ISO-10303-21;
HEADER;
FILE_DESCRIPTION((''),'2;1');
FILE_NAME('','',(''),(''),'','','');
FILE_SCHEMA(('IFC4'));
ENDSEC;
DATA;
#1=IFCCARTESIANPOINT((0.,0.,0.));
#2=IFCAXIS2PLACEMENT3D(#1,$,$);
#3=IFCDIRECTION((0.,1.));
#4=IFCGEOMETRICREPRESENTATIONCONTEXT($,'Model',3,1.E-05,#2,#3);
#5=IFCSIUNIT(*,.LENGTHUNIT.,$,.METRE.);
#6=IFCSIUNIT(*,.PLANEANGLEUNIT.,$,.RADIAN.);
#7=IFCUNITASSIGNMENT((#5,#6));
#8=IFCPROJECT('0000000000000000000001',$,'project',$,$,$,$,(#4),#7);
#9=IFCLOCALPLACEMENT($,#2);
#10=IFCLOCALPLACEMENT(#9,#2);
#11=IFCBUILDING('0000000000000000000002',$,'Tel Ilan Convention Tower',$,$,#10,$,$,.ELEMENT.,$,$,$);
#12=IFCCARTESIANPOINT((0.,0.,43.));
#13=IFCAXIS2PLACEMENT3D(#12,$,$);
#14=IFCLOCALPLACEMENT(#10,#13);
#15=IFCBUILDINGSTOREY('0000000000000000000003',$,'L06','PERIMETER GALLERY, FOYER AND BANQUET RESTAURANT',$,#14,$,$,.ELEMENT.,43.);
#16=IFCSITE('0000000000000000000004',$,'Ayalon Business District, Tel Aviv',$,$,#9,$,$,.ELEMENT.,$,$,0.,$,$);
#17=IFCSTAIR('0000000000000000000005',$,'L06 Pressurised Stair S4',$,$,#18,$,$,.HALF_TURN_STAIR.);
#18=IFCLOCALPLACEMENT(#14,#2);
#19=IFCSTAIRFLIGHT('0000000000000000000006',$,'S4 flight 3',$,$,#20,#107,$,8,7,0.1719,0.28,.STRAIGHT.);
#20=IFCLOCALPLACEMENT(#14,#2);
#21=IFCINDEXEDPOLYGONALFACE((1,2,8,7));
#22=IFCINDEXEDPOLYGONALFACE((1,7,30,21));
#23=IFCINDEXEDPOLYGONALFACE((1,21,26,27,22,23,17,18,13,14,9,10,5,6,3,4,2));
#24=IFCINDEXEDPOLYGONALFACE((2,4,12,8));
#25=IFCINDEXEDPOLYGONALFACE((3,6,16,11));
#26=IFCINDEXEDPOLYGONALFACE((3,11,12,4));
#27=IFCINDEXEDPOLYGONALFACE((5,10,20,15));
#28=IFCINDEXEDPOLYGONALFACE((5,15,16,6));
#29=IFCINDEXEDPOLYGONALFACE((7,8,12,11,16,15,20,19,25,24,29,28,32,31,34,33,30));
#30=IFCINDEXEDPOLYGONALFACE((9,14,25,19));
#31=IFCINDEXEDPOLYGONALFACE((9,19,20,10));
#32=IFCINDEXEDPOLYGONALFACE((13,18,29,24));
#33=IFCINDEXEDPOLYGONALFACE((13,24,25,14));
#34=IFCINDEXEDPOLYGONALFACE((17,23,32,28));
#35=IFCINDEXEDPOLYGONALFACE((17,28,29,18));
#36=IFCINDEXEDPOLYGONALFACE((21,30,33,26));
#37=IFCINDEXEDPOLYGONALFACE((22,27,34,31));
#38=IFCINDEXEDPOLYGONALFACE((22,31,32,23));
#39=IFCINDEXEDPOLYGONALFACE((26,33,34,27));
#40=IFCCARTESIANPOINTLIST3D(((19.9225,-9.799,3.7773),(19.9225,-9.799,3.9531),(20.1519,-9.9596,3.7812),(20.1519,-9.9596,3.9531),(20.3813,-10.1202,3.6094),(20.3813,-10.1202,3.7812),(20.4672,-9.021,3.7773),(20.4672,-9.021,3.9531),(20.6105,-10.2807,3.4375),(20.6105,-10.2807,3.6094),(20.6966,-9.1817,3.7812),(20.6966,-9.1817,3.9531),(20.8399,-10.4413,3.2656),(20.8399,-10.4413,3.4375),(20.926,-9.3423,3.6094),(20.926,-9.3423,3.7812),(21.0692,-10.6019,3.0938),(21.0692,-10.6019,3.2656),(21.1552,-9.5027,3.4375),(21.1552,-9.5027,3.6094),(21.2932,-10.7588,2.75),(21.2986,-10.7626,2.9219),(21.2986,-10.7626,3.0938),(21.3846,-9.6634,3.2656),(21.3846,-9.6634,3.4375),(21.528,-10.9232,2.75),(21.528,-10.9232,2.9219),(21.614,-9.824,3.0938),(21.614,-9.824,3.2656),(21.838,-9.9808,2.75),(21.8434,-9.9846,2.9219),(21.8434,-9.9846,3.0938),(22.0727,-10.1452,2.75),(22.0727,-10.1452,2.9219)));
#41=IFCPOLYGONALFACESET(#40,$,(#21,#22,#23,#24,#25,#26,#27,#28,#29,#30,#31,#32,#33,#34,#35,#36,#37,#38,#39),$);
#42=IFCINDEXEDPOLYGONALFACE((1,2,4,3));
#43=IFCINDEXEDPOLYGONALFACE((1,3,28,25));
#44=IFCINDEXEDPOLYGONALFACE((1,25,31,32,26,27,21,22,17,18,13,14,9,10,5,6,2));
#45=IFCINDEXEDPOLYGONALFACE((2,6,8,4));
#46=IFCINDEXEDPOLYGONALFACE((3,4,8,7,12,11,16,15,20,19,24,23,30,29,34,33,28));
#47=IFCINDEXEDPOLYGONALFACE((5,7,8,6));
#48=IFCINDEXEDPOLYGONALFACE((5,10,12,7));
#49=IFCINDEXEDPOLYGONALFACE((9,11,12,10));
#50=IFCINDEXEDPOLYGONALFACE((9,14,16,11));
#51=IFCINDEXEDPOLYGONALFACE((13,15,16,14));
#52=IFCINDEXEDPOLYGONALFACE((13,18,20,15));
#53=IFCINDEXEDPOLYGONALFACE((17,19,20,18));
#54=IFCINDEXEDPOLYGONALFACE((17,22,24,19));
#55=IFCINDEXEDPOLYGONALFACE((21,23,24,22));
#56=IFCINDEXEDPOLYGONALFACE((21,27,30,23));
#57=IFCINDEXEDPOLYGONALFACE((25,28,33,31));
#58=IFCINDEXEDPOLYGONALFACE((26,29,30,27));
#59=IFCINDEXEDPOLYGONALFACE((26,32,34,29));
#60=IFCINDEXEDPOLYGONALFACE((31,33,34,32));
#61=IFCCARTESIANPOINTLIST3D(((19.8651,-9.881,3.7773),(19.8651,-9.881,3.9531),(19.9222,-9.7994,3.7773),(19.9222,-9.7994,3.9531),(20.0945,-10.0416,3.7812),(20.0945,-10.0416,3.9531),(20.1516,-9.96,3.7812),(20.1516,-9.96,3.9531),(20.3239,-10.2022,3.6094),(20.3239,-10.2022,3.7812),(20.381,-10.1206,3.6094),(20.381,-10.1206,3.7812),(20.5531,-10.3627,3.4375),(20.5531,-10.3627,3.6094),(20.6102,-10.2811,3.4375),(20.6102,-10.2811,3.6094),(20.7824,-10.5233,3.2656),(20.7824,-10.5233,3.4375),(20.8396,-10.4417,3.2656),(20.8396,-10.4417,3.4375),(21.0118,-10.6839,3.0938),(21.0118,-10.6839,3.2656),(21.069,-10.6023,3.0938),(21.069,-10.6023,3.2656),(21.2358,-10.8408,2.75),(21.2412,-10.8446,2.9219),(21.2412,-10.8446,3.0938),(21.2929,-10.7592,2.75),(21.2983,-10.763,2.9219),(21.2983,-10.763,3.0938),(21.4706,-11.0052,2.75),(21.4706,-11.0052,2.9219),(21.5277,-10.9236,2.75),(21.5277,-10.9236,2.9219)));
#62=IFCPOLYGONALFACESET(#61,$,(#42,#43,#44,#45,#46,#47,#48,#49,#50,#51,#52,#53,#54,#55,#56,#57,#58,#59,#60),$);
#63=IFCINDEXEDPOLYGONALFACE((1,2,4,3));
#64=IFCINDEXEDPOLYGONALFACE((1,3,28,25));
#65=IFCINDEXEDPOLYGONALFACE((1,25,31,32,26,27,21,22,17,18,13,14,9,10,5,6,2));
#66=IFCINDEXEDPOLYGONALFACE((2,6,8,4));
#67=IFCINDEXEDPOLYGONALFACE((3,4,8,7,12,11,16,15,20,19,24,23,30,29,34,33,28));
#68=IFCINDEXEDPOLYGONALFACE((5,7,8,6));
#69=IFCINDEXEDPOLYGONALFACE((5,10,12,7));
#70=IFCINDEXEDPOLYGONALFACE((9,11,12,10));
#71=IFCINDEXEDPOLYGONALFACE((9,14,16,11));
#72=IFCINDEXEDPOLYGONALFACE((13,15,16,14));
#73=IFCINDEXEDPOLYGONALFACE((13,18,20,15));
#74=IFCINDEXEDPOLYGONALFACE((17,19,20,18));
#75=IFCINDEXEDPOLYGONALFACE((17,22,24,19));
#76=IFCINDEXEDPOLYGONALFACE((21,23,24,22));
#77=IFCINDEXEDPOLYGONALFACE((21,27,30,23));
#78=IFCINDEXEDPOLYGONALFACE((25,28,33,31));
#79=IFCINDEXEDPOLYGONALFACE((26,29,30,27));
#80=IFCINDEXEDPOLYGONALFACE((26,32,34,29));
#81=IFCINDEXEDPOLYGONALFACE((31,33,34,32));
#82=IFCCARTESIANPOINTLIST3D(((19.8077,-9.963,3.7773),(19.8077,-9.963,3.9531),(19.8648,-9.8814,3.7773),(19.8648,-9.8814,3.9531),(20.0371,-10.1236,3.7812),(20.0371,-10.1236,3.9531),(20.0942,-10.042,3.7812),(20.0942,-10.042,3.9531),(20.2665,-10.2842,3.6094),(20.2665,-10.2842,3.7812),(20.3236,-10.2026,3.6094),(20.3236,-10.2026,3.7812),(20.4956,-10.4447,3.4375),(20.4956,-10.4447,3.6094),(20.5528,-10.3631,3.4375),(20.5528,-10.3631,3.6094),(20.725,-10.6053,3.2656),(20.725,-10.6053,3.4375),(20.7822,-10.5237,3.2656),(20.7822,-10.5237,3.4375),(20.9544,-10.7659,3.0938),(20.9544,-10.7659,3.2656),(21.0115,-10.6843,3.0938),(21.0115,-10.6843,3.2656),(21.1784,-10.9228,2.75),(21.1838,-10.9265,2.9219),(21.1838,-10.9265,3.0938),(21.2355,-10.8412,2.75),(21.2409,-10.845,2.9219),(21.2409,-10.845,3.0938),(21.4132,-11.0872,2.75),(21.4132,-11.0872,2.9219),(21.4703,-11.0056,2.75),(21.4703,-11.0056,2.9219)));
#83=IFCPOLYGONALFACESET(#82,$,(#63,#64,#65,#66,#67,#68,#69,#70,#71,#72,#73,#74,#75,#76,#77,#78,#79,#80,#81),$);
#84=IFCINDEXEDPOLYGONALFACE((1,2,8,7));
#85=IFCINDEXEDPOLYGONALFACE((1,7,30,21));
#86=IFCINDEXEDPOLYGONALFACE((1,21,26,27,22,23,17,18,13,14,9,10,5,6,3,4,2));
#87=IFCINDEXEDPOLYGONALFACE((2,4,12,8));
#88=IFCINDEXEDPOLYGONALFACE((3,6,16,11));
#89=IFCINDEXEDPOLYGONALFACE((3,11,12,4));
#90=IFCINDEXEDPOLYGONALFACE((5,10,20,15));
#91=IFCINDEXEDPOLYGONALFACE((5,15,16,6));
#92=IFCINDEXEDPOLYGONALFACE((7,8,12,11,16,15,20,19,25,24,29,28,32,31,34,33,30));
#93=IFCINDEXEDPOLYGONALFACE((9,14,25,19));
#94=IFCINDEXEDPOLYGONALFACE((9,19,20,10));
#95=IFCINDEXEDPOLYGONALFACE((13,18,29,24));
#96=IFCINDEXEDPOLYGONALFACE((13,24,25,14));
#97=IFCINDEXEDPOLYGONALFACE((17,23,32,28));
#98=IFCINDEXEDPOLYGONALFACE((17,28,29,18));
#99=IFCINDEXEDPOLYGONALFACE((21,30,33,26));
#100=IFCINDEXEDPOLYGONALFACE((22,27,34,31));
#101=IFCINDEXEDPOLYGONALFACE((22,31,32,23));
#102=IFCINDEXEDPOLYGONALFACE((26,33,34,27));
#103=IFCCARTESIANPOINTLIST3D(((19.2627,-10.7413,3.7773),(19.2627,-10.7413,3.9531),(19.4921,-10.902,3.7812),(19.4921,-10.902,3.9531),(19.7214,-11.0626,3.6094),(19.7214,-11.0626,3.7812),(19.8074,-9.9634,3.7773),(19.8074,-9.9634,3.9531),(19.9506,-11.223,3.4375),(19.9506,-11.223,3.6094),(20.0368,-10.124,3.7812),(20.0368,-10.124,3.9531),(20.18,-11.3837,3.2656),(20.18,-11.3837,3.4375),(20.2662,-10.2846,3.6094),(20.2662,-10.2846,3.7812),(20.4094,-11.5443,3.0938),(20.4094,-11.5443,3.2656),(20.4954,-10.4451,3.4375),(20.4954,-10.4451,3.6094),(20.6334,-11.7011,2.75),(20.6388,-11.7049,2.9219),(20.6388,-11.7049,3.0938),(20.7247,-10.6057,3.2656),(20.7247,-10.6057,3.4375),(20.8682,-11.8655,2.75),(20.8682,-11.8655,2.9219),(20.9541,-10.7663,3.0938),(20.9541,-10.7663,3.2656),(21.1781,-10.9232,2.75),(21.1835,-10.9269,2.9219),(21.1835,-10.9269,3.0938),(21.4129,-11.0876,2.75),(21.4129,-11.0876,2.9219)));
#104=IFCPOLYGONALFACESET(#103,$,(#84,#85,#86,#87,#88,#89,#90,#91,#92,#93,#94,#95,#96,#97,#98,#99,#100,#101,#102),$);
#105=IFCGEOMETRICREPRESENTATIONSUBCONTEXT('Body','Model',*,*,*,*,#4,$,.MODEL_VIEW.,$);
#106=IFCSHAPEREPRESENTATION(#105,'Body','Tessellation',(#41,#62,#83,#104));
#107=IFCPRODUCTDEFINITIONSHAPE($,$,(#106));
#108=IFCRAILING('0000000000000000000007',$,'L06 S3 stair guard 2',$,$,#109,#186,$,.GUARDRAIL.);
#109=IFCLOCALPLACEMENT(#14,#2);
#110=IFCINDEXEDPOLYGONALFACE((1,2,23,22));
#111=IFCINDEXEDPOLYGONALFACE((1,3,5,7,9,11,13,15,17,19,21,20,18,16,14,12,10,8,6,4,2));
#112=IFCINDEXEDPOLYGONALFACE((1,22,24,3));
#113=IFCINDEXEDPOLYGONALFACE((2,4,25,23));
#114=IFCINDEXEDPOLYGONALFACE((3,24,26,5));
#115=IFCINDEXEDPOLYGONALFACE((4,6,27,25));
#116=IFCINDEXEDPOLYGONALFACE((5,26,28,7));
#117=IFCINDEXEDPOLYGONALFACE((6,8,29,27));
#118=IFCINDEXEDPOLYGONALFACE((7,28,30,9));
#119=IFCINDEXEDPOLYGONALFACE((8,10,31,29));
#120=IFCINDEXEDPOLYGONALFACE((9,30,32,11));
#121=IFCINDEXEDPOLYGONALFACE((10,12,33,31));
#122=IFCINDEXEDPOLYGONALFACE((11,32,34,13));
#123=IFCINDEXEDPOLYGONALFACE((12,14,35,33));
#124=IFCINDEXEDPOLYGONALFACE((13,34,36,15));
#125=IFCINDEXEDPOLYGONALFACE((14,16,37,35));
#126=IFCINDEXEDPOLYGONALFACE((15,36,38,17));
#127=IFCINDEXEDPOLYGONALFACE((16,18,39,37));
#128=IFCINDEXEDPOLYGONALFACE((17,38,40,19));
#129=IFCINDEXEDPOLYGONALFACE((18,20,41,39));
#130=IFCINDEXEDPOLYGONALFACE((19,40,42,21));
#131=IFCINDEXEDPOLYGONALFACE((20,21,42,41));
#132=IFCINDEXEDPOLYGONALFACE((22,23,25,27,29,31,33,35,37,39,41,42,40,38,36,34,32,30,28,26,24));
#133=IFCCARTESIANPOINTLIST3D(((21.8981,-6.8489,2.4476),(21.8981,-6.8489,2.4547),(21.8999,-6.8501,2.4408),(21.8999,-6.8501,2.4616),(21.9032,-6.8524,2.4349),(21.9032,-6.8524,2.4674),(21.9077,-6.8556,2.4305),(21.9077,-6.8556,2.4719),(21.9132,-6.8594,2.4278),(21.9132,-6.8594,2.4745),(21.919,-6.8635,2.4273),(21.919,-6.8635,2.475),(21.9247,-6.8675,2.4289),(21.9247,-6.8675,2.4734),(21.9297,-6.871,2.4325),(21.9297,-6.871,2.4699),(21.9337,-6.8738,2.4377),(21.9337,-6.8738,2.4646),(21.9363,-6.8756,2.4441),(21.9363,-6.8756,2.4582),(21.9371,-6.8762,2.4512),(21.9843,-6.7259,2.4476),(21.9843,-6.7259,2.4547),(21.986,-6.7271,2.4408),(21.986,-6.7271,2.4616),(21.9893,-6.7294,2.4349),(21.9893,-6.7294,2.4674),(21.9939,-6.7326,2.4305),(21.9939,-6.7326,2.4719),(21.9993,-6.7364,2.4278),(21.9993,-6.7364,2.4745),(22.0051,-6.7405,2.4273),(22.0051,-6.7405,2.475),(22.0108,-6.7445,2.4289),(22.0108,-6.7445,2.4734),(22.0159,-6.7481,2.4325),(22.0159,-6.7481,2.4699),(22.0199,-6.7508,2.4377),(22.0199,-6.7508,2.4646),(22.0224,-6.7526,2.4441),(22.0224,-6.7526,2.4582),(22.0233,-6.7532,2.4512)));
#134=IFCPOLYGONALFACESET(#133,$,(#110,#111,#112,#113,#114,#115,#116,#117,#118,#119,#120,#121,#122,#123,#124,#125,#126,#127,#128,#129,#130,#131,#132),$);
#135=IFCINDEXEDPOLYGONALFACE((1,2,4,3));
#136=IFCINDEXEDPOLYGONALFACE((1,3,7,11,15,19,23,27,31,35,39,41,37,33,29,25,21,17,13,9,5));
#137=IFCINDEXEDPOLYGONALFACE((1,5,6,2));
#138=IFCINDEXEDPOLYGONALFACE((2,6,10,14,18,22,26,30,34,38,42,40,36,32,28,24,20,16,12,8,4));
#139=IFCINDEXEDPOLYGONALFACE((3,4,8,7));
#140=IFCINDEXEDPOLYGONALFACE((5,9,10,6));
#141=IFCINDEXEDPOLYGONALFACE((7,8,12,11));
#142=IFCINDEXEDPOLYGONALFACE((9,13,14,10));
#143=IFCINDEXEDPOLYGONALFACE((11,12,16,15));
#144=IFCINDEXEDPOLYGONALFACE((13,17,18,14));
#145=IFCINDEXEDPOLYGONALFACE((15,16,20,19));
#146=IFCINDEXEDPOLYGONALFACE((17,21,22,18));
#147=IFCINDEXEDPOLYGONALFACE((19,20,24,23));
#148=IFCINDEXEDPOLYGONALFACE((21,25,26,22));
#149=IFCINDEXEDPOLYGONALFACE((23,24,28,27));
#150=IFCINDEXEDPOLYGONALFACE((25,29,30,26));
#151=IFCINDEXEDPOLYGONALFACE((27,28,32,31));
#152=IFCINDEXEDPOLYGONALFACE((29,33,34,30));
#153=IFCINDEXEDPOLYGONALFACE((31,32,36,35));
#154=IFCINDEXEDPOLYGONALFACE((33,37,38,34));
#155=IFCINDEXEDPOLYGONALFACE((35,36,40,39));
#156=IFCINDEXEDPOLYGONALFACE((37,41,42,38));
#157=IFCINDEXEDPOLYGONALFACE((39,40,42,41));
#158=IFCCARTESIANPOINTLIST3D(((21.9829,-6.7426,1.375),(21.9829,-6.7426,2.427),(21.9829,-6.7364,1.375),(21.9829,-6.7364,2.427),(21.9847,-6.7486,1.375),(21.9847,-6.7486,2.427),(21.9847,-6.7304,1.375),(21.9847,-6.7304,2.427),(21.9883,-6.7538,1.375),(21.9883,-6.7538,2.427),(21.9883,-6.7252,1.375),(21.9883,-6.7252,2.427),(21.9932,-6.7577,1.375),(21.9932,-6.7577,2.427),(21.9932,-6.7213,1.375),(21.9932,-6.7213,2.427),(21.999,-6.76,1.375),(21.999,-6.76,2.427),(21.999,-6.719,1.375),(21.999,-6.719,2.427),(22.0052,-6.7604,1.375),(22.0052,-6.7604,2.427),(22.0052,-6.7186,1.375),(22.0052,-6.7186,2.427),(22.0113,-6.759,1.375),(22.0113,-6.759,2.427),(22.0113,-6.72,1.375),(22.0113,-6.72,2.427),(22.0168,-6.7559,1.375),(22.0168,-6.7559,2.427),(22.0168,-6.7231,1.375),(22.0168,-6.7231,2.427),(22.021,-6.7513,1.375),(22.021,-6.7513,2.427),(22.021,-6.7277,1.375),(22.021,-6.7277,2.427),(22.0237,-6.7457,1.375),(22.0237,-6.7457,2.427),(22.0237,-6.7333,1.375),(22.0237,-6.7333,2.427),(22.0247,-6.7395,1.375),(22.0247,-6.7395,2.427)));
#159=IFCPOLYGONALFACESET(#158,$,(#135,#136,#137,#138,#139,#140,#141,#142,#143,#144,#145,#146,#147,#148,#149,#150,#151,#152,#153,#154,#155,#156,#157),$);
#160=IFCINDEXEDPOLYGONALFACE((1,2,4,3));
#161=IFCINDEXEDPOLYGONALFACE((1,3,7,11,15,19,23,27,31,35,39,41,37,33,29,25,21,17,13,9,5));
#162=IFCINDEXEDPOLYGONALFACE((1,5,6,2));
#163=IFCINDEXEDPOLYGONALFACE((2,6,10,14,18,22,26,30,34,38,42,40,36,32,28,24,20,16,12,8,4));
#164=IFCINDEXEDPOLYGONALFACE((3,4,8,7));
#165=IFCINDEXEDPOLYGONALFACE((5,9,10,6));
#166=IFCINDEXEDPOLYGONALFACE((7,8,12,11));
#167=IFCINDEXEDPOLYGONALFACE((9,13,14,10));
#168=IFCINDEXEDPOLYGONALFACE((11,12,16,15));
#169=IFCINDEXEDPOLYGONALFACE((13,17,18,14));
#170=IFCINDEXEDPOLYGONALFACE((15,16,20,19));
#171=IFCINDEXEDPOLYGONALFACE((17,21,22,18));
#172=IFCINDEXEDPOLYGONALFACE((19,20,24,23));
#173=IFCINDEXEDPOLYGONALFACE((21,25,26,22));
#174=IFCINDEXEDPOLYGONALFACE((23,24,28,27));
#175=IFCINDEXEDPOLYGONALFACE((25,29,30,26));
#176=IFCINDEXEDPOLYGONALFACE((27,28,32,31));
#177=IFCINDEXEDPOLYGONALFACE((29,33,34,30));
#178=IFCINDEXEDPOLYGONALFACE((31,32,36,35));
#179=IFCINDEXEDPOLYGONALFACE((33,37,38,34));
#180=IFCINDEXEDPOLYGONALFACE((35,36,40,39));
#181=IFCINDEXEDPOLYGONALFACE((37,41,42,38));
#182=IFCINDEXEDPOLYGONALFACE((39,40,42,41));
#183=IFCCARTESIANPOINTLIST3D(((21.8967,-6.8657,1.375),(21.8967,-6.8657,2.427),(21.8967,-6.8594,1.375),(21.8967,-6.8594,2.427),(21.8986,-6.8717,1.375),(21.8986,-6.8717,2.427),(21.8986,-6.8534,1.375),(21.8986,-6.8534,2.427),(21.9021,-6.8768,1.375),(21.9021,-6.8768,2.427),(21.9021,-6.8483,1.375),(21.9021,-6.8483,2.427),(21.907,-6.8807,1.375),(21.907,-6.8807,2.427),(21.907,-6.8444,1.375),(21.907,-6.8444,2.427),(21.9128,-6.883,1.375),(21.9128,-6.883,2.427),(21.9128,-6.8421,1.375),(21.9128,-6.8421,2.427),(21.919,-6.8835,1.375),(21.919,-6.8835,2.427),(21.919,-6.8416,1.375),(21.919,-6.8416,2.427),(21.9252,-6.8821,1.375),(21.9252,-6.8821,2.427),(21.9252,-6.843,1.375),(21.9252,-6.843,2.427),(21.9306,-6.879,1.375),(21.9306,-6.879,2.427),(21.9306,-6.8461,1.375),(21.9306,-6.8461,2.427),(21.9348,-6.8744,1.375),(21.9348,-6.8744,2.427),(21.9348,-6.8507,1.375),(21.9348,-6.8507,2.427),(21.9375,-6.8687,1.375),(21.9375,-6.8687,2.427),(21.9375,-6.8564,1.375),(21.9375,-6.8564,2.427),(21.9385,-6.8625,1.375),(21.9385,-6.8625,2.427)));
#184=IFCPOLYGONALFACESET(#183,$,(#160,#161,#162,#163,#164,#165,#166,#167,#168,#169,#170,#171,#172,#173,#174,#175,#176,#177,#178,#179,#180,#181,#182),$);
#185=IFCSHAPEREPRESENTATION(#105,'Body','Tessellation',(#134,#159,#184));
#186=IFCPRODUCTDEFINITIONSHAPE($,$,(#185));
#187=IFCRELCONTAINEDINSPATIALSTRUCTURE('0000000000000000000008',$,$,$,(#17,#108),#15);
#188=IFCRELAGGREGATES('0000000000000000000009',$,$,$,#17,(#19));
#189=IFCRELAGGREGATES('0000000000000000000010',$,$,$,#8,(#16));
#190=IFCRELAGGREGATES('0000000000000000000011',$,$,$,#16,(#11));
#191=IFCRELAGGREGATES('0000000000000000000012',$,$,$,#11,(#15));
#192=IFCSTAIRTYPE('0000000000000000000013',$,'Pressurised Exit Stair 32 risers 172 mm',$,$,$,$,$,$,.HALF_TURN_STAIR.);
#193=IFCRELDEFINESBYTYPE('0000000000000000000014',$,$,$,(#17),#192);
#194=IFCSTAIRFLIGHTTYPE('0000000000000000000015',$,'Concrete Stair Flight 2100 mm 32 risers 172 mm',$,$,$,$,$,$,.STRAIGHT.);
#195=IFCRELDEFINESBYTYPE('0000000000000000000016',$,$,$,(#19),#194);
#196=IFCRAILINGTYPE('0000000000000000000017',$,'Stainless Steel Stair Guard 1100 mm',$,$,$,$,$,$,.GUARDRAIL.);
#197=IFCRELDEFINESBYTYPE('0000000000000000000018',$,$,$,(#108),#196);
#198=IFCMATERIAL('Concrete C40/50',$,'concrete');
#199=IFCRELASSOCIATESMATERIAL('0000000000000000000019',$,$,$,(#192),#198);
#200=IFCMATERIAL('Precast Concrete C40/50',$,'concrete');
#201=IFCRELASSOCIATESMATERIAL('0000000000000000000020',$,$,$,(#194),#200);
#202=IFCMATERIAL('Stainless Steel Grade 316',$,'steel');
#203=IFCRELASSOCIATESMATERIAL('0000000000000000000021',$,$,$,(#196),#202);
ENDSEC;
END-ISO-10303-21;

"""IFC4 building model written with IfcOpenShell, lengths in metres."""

from ifc_helpers import new_model, si_unit, direction, frame, origin, origin_2d, place, context, subcontext, project, spatial, polyline, circle, outline, extrude, material, type_object, element, aggregate, save


model = new_model("IFC4")

# Units and contexts
model_context = context("Model", 3, precision=1e-05, world=origin(), true_north=direction((0.0, 1.0)))
body_context = subcontext(model_context, "Body", "Model", "MODEL_VIEW")
ifc_project = project(units=[si_unit("LENGTHUNIT", "METRE"), si_unit("PLANEANGLEUNIT", "RADIAN")], contexts=[model_context])

# Site, building, storey
site_placement = place(None, origin())
site = spatial("IfcSite", under=ifc_project, at=site_placement, Name="Ayalon Business District, Tel Aviv", CompositionType="ELEMENT", RefElevation=0.0)
building_placement = place(site_placement, origin())
building = spatial("IfcBuilding", under=site, at=building_placement, Name="Tel Ilan Convention Tower", CompositionType="ELEMENT")
storey_placement = place(building_placement, frame((0.0, 0.0, 43.0)))
storey = spatial("IfcBuildingStorey", under=building, at=storey_placement, Name="L06", Description="PERIMETER GALLERY, FOYER AND BANQUET RESTAURANT", CompositionType="ELEMENT", Elevation=43.0)

# Stair, stair flight
ifc_material_1 = material(Name="Concrete C40/50", Category="concrete")
stair_type = type_object("IfcStairType", Name="Pressurised Exit Stair 32 risers 172 mm", PredefinedType="HALF_TURN_STAIR", material=ifc_material_1)
ifc_material_2 = material(Name="Precast Concrete C40/50", Category="concrete")
stair_flight_type = type_object("IfcStairFlightType", Name="Concrete Stair Flight 2100 mm 32 risers 172 mm", PredefinedType="STRAIGHT", material=ifc_material_2)
stair_1_placement = place(storey_placement, origin())
stair_1 = element("IfcStair", 1, at=stair_1_placement, inside=storey, type_object=stair_type, Name="L06 Pressurised Stair S4", PredefinedType="HALF_TURN_STAIR")
stair_flight_1_placement = place(storey_placement, frame((21.4705, -11.0054, 2.75), z_axis=(0.0, 0.0, 1.0), x_axis=(-0.819152, 0.573576, 0.0)))
stair_flight_1 = element("IfcStairFlight", 2, at=stair_flight_1_placement, type_object=stair_flight_type, Name="S4 flight 3", NumberOfRisers=8, NumberOfTreads=7, PredefinedType="STRAIGHT", RiserHeight=0.1719, TreadLength=0.28, context=body_context, shape_type="SweptSolid", body=[
    extrude(outline(polyline([(0.0, 0.0), (0.0, 0.1719), (0.28, 0.1719), (0.28, 0.3438), (0.5601, 0.3438), (0.5601, 0.5156), (0.8401, 0.5156), (0.8401, 0.6875), (1.1201, 0.6875), (1.1201, 0.8594), (1.3999, 0.8594), (1.3999, 1.0312), (1.6799, 1.0312), (1.6799, 1.2031), (1.96, 1.2031), (1.96, 1.375), (1.96, 1.0273), (0.2866, 0.0), (0.0, 0.0)])), frame((0.0, -0.1003, 0.0), z_axis=(0.0, -1.0, 0.0), x_axis=(1.0, 0.0, 0.0)), (0.0, 0.0, 1.0), 0.9497),
    extrude(outline(polyline([(0.0, 0.0), (0.0, 0.1719), (0.28, 0.1719), (0.28, 0.3438), (0.5601, 0.3438), (0.5601, 0.5156), (0.8401, 0.5156), (0.8401, 0.6875), (1.1201, 0.6875), (1.1201, 0.8594), (1.3999, 0.8594), (1.3999, 1.0312), (1.6799, 1.0312), (1.6799, 1.2031), (1.96, 1.2031), (1.96, 1.375), (1.96, 1.0273), (0.2866, 0.0), (0.0, 0.0)])), frame((0.0, -0.0002, 0.0), z_axis=(0.0, -1.0, 0.0), x_axis=(1.0, 0.0, 0.0)), (0.0, 0.0, 1.0), 0.0996),
    extrude(outline(polyline([(0.0, 0.0), (0.0, 0.1719), (0.28, 0.1719), (0.28, 0.3438), (0.5601, 0.3438), (0.5601, 0.5156), (0.8401, 0.5156), (0.8401, 0.6875), (1.1201, 0.6875), (1.1201, 0.8594), (1.3999, 0.8594), (1.3999, 1.0312), (1.6799, 1.0312), (1.6799, 1.2031), (1.96, 1.2031), (1.96, 1.375), (1.96, 1.0273), (0.2866, 0.0), (0.0, 0.0)])), frame((0.0, 0.0999, 0.0), z_axis=(0.0, -1.0, 0.0), x_axis=(1.0, 0.0, 0.0)), (0.0, 0.0, 1.0), 0.0996),
    extrude(outline(polyline([(0.0, 0.0), (0.0, 0.1719), (0.28, 0.1719), (0.28, 0.3438), (0.5601, 0.3438), (0.5601, 0.5156), (0.8401, 0.5156), (0.8401, 0.6875), (1.1201, 0.6875), (1.1201, 0.8594), (1.3999, 0.8594), (1.3999, 1.0312), (1.6799, 1.0312), (1.6799, 1.2031), (1.96, 1.2031), (1.96, 1.375), (1.96, 1.0273), (0.2866, 0.0), (0.0, 0.0)])), frame((0.0, 1.05, 0.0), z_axis=(0.0, -1.0, 0.0), x_axis=(1.0, 0.0, 0.0)), (0.0, 0.0, 1.0), 0.9497),
])
aggregate(stair_1, [stair_flight_1])

# Railing
ifc_material_3 = material(Name="Stainless Steel Grade 316", Category="steel")
railing_type_1 = type_object("IfcRailingType", Name="Stainless Steel Stair Guard 1100 mm", PredefinedType="GUARDRAIL", material=ifc_material_3)
railing_1_placement = place(storey_placement, frame((22.0037, -6.7395, 1.375)))
element("IfcRailing", 3, at=railing_1_placement, inside=storey, type_object=railing_type_1, Name="L06 S3 stair guard 2", PredefinedType="GUARDRAIL", context=body_context, shape_type="SweptSolid", body=[
    extrude(circle(Radius=0.0239, at=origin_2d()), frame((0.0, 0.0, 1.0762), z_axis=(-0.57368, -0.819079, 0.0), x_axis=(0.819079, -0.57368, 0.0)), (0.0, 0.0, 1.0), 0.1501),
    extrude(circle(Radius=0.021, at=origin_2d()), origin(), (0.0, 0.0, 1.0), 1.052),
    extrude(circle(Radius=0.021, at=origin_2d()), frame((-0.0862, -0.123, 0.0)), (0.0, 0.0, 1.0), 1.052),
])

save(model, "model.ifc")
